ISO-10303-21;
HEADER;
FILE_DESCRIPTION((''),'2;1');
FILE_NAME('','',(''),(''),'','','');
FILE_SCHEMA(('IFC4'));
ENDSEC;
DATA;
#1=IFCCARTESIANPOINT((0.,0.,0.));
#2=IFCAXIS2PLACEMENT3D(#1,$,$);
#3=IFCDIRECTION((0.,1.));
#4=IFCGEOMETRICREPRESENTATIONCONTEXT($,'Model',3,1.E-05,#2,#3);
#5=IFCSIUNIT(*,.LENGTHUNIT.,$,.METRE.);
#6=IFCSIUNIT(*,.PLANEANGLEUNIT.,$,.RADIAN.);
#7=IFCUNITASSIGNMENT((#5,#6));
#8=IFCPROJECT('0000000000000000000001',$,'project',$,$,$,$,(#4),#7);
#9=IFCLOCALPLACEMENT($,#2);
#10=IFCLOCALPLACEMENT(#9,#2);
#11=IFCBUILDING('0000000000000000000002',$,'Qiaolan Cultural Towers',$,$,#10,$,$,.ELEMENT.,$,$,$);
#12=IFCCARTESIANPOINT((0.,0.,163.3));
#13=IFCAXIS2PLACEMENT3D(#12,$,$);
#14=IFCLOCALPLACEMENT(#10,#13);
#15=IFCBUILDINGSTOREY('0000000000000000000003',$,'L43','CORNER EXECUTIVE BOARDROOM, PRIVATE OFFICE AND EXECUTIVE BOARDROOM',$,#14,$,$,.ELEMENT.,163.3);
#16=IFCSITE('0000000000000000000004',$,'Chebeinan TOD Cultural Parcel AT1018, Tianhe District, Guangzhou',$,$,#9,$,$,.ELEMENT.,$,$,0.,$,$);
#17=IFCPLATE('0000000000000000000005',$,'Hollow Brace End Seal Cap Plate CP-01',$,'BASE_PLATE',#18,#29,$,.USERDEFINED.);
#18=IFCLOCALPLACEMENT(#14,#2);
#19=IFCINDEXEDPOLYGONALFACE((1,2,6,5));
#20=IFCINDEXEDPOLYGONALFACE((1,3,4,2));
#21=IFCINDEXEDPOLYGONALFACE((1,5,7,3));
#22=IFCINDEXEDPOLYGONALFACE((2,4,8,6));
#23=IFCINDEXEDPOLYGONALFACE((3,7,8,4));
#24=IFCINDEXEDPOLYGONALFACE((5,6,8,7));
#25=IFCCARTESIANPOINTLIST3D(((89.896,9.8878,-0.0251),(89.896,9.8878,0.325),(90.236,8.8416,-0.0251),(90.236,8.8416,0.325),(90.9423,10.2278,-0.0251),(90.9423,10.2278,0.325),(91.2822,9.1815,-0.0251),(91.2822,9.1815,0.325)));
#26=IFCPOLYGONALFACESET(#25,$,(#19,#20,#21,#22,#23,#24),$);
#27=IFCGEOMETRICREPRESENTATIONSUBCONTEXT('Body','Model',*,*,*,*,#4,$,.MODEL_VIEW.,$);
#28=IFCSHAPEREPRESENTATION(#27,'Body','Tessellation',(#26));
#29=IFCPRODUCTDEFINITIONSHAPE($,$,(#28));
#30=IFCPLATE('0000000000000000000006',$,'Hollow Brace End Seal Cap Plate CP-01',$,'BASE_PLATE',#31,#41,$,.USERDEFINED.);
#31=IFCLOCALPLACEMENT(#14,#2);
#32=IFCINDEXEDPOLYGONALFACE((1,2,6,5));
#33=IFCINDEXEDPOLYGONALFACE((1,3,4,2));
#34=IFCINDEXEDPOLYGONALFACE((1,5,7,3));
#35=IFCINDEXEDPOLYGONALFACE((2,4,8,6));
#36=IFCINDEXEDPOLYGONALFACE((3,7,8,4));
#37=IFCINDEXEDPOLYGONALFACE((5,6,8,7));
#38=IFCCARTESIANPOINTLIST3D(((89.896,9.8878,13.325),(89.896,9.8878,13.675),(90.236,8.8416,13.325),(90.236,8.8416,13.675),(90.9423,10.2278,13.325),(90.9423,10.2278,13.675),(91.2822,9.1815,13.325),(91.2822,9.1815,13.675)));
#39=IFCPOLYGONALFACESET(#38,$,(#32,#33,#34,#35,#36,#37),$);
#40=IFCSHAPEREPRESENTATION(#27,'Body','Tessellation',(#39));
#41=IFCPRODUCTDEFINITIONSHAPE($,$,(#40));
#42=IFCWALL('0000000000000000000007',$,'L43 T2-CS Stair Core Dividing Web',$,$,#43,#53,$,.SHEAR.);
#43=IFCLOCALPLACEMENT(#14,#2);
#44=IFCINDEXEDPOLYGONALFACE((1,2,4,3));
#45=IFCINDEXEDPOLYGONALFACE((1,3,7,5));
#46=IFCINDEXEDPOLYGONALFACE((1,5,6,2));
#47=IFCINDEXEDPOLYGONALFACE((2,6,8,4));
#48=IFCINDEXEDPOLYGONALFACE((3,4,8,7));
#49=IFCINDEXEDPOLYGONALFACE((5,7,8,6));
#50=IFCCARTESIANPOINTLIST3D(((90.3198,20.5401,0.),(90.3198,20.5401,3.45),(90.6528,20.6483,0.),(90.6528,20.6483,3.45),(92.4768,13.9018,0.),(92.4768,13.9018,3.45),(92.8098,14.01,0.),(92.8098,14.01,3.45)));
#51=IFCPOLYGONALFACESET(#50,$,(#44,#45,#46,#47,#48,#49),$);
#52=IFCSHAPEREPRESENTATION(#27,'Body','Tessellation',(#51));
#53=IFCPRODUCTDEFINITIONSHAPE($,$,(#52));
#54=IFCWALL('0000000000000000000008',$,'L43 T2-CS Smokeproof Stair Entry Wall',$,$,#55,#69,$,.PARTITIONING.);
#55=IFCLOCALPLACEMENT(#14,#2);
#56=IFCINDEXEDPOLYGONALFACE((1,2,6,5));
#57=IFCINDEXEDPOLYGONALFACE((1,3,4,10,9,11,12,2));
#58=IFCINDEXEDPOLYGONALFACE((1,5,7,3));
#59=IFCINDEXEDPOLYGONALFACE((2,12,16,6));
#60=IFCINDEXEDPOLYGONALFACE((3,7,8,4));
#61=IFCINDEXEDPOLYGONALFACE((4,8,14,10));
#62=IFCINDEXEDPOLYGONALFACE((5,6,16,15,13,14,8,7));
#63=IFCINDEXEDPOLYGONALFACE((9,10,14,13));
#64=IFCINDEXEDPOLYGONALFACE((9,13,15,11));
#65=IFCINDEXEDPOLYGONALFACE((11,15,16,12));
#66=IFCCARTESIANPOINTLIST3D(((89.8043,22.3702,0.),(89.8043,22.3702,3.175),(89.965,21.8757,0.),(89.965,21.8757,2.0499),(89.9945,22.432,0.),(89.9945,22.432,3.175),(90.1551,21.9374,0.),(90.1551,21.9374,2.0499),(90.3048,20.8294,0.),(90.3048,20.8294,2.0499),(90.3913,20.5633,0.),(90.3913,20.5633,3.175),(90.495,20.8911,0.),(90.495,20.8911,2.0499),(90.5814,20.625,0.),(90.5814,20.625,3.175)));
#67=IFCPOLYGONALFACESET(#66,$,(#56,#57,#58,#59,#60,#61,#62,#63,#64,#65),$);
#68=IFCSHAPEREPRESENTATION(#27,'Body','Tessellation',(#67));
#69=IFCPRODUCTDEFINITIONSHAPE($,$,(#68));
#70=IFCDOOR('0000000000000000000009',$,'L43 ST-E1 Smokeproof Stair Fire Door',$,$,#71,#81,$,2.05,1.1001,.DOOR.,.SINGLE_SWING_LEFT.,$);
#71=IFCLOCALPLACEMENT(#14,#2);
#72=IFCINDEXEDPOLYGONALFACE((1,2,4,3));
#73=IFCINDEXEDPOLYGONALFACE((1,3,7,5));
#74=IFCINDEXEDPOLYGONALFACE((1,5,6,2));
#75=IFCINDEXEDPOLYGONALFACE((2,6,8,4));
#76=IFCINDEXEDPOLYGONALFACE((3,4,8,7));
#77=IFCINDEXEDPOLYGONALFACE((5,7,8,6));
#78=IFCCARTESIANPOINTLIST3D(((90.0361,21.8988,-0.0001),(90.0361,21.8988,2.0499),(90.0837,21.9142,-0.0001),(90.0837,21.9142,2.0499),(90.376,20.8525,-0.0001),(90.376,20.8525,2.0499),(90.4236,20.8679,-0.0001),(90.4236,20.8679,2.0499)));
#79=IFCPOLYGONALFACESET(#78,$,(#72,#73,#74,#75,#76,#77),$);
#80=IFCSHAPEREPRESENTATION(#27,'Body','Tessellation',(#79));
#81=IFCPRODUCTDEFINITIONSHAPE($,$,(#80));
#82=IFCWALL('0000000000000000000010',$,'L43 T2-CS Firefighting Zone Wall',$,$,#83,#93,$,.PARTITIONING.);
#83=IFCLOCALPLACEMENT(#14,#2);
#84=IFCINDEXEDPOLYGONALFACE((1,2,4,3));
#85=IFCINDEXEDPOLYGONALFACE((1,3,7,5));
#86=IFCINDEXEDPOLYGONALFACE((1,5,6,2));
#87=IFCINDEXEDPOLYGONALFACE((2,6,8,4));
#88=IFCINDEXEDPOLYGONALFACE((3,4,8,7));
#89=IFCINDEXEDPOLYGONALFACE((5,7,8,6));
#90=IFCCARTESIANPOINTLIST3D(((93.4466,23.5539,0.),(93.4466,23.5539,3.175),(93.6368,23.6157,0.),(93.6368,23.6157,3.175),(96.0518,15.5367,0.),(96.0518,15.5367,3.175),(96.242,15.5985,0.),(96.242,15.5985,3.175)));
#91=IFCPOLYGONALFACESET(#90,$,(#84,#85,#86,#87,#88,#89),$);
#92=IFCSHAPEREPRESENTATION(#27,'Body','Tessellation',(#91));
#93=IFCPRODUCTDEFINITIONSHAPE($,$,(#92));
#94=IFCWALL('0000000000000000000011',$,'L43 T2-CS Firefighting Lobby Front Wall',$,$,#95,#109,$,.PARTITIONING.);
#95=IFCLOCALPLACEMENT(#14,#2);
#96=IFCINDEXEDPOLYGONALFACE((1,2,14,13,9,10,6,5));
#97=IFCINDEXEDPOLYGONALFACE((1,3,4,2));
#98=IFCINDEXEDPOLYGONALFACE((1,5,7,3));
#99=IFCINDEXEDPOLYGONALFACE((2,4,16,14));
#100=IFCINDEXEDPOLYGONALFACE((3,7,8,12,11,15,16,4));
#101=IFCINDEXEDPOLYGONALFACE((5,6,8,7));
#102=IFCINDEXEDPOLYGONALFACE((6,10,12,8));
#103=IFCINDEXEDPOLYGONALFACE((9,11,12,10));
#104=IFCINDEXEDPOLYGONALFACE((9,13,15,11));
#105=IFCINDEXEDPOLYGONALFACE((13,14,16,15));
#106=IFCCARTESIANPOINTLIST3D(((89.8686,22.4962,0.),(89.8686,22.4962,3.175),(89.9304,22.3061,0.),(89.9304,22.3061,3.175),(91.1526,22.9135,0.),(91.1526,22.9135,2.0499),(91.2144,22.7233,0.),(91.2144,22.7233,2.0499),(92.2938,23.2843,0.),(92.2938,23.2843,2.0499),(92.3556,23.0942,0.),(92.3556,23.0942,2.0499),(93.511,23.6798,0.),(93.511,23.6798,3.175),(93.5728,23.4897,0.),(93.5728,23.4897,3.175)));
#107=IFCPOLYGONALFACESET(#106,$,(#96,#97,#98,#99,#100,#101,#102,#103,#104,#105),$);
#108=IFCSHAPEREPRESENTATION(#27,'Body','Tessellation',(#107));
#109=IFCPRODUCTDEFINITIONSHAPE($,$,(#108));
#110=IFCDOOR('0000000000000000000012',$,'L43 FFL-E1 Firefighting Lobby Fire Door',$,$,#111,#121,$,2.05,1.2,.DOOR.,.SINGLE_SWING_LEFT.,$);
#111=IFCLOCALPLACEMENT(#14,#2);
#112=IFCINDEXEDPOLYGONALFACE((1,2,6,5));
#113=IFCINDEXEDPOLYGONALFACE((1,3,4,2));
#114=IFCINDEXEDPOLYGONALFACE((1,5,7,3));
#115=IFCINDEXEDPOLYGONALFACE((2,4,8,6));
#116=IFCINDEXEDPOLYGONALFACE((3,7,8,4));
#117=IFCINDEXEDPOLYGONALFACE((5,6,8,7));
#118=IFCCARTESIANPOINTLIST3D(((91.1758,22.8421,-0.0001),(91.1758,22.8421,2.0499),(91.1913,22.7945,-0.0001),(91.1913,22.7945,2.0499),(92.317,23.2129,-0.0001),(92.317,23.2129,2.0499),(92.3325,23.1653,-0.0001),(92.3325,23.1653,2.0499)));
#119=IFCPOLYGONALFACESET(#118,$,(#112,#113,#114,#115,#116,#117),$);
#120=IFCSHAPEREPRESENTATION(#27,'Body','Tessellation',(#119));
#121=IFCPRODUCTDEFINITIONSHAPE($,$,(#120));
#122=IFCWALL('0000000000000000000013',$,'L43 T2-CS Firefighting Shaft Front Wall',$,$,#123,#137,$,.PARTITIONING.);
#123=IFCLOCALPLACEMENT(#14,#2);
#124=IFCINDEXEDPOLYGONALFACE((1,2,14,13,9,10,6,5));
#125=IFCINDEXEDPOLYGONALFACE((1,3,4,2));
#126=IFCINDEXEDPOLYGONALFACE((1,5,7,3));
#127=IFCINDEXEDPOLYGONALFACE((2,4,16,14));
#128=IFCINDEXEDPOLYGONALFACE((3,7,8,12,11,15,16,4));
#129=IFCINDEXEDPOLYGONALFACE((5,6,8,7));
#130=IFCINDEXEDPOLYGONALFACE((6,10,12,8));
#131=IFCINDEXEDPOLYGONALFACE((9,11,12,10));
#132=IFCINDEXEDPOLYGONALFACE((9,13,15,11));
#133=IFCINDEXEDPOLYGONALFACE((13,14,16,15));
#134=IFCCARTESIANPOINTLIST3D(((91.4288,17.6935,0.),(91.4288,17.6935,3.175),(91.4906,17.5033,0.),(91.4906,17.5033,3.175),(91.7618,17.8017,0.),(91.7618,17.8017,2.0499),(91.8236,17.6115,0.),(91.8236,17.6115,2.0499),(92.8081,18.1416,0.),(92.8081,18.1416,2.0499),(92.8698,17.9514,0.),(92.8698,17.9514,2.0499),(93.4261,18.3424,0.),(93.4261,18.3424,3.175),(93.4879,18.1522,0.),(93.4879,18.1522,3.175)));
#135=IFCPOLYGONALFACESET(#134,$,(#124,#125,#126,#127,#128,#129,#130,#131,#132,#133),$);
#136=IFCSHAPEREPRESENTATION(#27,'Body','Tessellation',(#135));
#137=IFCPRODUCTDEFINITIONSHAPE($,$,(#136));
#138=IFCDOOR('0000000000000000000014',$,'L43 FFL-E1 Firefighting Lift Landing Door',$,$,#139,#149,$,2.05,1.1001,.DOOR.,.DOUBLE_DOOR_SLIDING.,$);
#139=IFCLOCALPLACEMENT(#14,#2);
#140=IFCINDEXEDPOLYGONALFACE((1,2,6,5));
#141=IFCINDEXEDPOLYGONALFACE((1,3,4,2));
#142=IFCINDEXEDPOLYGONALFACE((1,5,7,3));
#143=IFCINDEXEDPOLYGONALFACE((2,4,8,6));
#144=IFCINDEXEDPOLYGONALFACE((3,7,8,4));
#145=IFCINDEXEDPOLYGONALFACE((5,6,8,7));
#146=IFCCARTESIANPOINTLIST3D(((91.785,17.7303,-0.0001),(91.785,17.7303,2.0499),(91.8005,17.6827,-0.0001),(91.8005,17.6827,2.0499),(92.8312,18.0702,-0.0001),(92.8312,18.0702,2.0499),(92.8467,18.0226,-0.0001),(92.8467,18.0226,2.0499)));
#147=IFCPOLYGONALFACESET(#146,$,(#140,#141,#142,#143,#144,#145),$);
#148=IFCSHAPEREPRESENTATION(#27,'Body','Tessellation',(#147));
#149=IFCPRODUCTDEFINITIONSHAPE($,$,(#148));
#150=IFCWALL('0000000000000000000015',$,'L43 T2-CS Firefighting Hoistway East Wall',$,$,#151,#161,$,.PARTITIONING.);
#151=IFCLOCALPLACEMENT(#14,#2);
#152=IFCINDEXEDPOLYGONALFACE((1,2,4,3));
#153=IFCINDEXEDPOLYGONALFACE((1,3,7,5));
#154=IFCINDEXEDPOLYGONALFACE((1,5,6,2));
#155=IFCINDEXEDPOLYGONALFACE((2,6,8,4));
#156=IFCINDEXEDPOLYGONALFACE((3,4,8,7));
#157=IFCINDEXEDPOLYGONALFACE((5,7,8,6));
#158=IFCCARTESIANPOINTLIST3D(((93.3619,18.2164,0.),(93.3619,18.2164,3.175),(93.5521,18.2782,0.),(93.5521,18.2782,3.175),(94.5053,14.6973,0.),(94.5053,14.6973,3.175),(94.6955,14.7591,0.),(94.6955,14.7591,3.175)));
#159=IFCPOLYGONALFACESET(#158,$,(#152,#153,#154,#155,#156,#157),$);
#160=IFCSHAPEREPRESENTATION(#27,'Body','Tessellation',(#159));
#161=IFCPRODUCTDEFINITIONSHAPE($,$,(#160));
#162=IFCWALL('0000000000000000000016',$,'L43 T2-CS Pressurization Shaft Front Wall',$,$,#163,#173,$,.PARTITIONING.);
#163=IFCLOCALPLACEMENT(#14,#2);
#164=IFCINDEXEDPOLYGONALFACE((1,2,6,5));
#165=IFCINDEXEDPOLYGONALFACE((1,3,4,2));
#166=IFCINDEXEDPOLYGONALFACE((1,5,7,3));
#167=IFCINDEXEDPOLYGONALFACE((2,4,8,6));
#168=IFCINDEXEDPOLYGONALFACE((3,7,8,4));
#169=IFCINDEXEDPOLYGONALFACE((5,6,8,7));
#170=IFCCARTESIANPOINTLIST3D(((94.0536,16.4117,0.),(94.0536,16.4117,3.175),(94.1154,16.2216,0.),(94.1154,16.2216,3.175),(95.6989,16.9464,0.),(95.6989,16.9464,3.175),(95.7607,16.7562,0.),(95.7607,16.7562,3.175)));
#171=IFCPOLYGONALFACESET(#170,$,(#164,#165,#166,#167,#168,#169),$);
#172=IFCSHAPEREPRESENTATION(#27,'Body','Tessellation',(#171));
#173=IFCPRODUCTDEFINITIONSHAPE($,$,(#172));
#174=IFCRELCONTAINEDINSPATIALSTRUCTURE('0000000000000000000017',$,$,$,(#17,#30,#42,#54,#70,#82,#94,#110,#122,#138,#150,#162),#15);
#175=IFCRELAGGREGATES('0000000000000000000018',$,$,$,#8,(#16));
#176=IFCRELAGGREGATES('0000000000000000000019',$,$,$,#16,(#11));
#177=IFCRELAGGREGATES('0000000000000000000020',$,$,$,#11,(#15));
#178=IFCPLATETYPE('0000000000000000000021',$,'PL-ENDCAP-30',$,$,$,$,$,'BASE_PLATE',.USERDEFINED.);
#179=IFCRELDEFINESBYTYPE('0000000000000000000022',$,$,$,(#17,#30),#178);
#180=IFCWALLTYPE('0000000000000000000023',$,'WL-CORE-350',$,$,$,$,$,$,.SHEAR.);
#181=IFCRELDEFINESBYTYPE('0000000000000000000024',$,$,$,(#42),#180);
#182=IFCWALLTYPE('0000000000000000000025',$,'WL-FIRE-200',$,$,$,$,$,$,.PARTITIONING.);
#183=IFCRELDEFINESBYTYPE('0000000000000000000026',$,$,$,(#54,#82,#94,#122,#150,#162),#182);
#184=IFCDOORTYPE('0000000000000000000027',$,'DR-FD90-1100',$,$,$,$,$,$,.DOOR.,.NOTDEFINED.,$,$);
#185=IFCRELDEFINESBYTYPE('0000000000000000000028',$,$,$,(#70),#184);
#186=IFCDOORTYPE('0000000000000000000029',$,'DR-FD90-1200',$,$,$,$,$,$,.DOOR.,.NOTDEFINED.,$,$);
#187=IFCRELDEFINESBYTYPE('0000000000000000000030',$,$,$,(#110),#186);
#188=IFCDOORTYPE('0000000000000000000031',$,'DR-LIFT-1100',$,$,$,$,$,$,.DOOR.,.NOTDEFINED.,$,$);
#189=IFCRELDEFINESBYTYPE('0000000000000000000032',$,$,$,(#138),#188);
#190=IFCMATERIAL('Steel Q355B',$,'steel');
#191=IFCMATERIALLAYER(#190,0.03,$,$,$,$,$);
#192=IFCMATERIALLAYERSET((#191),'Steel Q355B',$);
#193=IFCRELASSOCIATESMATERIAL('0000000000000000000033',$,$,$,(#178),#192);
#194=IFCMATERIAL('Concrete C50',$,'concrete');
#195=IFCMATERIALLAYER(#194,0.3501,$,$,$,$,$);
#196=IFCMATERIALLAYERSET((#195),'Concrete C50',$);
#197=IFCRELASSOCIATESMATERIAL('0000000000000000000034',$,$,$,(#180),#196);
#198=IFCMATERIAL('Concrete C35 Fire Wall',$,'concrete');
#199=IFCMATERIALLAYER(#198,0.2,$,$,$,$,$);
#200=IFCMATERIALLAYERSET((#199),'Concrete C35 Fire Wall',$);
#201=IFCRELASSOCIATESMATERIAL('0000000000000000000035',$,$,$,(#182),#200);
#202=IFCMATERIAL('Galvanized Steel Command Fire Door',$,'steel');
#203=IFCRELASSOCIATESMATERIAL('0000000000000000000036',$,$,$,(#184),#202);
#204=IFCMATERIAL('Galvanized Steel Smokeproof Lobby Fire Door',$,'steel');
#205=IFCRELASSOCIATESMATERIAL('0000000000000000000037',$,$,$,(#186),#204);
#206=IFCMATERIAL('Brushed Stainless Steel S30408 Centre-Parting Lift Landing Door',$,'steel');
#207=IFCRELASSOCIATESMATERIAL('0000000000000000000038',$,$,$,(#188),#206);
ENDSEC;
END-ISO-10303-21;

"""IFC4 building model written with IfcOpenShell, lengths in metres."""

from ifc_helpers import new_model, si_unit, direction, frame, frame_2d, origin, origin_2d, place, context, subcontext, project, spatial, rectangle, extrude, material, layer, layer_set, type_object, element, fill, save


model = new_model("IFC4")

# Units and contexts
model_context = context("Model", 3, precision=1e-05, world=origin(), true_north=direction((0.0, 1.0)))
body_context = subcontext(model_context, "Body", "Model", "MODEL_VIEW")
ifc_project = project(units=[si_unit("LENGTHUNIT", "METRE"), si_unit("PLANEANGLEUNIT", "RADIAN")], contexts=[model_context])

# Site, building, storey
site_placement = place(None, origin())
site = spatial("IfcSite", under=ifc_project, at=site_placement, Name="Chebeinan TOD Cultural Parcel AT1018, Tianhe District, Guangzhou", CompositionType="ELEMENT", RefElevation=0.0)
building_placement = place(site_placement, origin())
building = spatial("IfcBuilding", under=site, at=building_placement, Name="Qiaolan Cultural Towers", CompositionType="ELEMENT")
storey_placement = place(building_placement, frame((0.0, 0.0, 163.3)))
storey = spatial("IfcBuildingStorey", under=building, at=storey_placement, Name="L43", Description="CORNER EXECUTIVE BOARDROOM, PRIVATE OFFICE AND EXECUTIVE BOARDROOM", CompositionType="ELEMENT", Elevation=163.3)

# Plates
ifc_material_1 = material(Name="Steel Q355B", Category="steel")
ifc_layer_1 = layer(ifc_material_1, 0.03)
ifc_layer_set_1 = layer_set([ifc_layer_1], Name="Steel Q355B")
plate_type_1 = type_object("IfcPlateType", Name="PL-ENDCAP-30", ElementType="BASE_PLATE", PredefinedType="USERDEFINED", material=ifc_layer_set_1)
for number, where, z_axis, x_axis, name in (
    (1, (90.5891, 9.5347, -0.0251), (0.0, 0.0, 1.0), (0.951057, 0.309017, 0.0), "Hollow Brace End Seal Cap Plate CP-01"),
    (2, (90.5891, 9.5347, 13.325), (0.0, 0.0, 1.0), (0.951057, 0.309017, 0.0), "Hollow Brace End Seal Cap Plate CP-01"),
):
    element("IfcPlate", number, at=place(storey_placement, frame(where, z_axis=z_axis, x_axis=x_axis)), inside=storey, type_object=plate_type_1, Name=name, ObjectType="BASE_PLATE", PredefinedType="USERDEFINED", context=body_context, shape_type="SweptSolid", body=[
        extrude(rectangle(XDim=1.1001, YDim=1.1001, at=origin_2d()), origin(), (0.0, 0.0, 1.0), 0.3501),
    ])

# Wall
ifc_material_2 = material(Name="Concrete C50", Category="concrete")
ifc_layer_2 = layer(ifc_material_2, 0.3501)
ifc_layer_set_2 = layer_set([ifc_layer_2], Name="Concrete C50")
wall_type_1 = type_object("IfcWallType", Name="WL-CORE-350", PredefinedType="SHEAR", material=ifc_layer_set_2)
wall_1_placement = place(storey_placement, frame((90.4863, 20.5942, 0.0), z_axis=(0.0, 0.0, 1.0), x_axis=(0.30902, -0.951055, 0.0)))
element("IfcWall", 3, at=wall_1_placement, inside=storey, type_object=wall_type_1, Name="L43 T2-CS Stair Core Dividing Web", PredefinedType="SHEAR", context=body_context, shape_type="SweptSolid", body=[
    extrude(rectangle(XDim=6.98, YDim=0.3501, at=frame_2d((3.49, 0.0))), origin(), (0.0, 0.0, 1.0), 3.45),
])

# Wall, opening, door
ifc_material_3 = material(Name="Concrete C35 Fire Wall", Category="concrete")
ifc_layer_3 = layer(ifc_material_3, 0.2)
ifc_layer_set_3 = layer_set([ifc_layer_3], Name="Concrete C35 Fire Wall")
wall_type_2 = type_object("IfcWallType", Name="WL-FIRE-200", PredefinedType="PARTITIONING", material=ifc_layer_set_3)
wall_2_placement = place(storey_placement, frame((89.8994, 22.4011, 0.0), z_axis=(0.0, 0.0, 1.0), x_axis=(0.308932, -0.951084, 0.0)))
wall_2 = element("IfcWall", 4, at=wall_2_placement, inside=storey, type_object=wall_type_2, Name="L43 T2-CS Smokeproof Stair Entry Wall", PredefinedType="PARTITIONING", context=body_context, shape_type="SweptSolid", body=[
    extrude(rectangle(XDim=1.8999, YDim=0.2, at=frame_2d((0.95, 0.0))), origin(), (0.0, 0.0, 1.0), 3.175),
])
opening_1_placement = place(wall_2_placement, frame((0.52, 0.0, 0.0)))
opening_1 = element("IfcOpeningElement", 5, at=opening_1_placement, cuts=wall_2, PredefinedType="OPENING", context=body_context, shape_type="SweptSolid", body=[
    extrude(rectangle(XDim=1.1001, YDim=2.05, at=frame_2d((0.55, 1.0249))), frame((0.0, 0.1099, 0.0), z_axis=(0.0, -1.0, 0.0), x_axis=(1.0, 0.0, 0.0)), (0.0, 0.0, 1.0), 0.22),
])
ifc_material_4 = material(Name="Galvanized Steel Command Fire Door", Category="steel")
door_type_1 = type_object("IfcDoorType", Name="DR-FD90-1100", OperationType="NOTDEFINED", PredefinedType="DOOR", material=ifc_material_4)
door_1_placement = place(opening_1_placement, origin())
door_1 = element("IfcDoor", 6, at=door_1_placement, inside=storey, type_object=door_type_1, Name="L43 ST-E1 Smokeproof Stair Fire Door", OperationType="SINGLE_SWING_LEFT", OverallHeight=2.05, OverallWidth=1.1001, PredefinedType="DOOR", context=body_context, shape_type="SweptSolid", body=[
    extrude(rectangle(XDim=1.1001, YDim=2.05, at=frame_2d((0.55, 1.0249))), frame((0.0, 0.0249, 0.0), z_axis=(0.0, -1.0, 0.0), x_axis=(1.0, 0.0, 0.0)), (0.0, 0.0, 1.0), 0.05),
])
fill(opening_1, door_1)

# Wall
wall_3_placement = place(storey_placement, frame((93.5417, 23.5847, 0.0), z_axis=(0.0, 0.0, 1.0), x_axis=(0.309042, -0.951048, 0.0)))
element("IfcWall", 7, at=wall_3_placement, inside=storey, type_object=wall_type_2, Name="L43 T2-CS Firefighting Zone Wall", PredefinedType="PARTITIONING", context=body_context, shape_type="SweptSolid", body=[
    extrude(rectangle(XDim=8.4299, YDim=0.2, at=frame_2d((4.2148, 0.0))), origin(), (0.0, 0.0, 1.0), 3.175),
])

# Walls, openings, doors
wall_4_placement = place(storey_placement, frame((89.8994, 22.4011, 0.0), z_axis=(0.0, 0.0, 1.0), x_axis=(0.951047, 0.309047, 0.0)))
wall_4 = element("IfcWall", 8, at=wall_4_placement, inside=storey, type_object=wall_type_2, Name="L43 T2-CS Firefighting Lobby Front Wall", PredefinedType="PARTITIONING", context=body_context, shape_type="SweptSolid", body=[
    extrude(rectangle(XDim=3.8298, YDim=0.2, at=frame_2d((1.915, 0.0))), origin(), (0.0, 0.0, 1.0), 3.175),
])
opening_2_placement = place(wall_4_placement, frame((1.3501, 0.0, 0.0)))
opening_2 = element("IfcOpeningElement", 9, at=opening_2_placement, cuts=wall_4, PredefinedType="OPENING", context=body_context, shape_type="SweptSolid", body=[
    extrude(rectangle(XDim=1.2, YDim=2.05, at=frame_2d((0.6001, 1.0249))), frame((0.0, 0.1099, 0.0), z_axis=(0.0, -1.0, 0.0), x_axis=(1.0, 0.0, 0.0)), (0.0, 0.0, 1.0), 0.22),
])
ifc_material_5 = material(Name="Galvanized Steel Smokeproof Lobby Fire Door", Category="steel")
door_type_2 = type_object("IfcDoorType", Name="DR-FD90-1200", OperationType="NOTDEFINED", PredefinedType="DOOR", material=ifc_material_5)
door_2_placement = place(opening_2_placement, origin())
door_2 = element("IfcDoor", 10, at=door_2_placement, inside=storey, type_object=door_type_2, Name="L43 FFL-E1 Firefighting Lobby Fire Door", OperationType="SINGLE_SWING_LEFT", OverallHeight=2.05, OverallWidth=1.2, PredefinedType="DOOR", context=body_context, shape_type="SweptSolid", body=[
    extrude(rectangle(XDim=1.2, YDim=2.05, at=frame_2d((0.6001, 1.0249))), frame((0.0, 0.0249, 0.0), z_axis=(0.0, -1.0, 0.0), x_axis=(1.0, 0.0, 0.0)), (0.0, 0.0, 1.0), 0.05),
])
fill(opening_2, door_2)
wall_5_placement = place(storey_placement, frame((91.4597, 17.5984, 0.0), z_axis=(0.0, 0.0, 1.0), x_axis=(0.951062, 0.308999, 0.0)))
wall_5 = element("IfcWall", 11, at=wall_5_placement, inside=storey, type_object=wall_type_2, Name="L43 T2-CS Firefighting Shaft Front Wall", PredefinedType="PARTITIONING", context=body_context, shape_type="SweptSolid", body=[
    extrude(rectangle(XDim=2.1001, YDim=0.2, at=frame_2d((1.05, 0.0))), origin(), (0.0, 0.0, 1.0), 3.175),
])
opening_3_placement = place(wall_5_placement, frame((0.3501, 0.0, 0.0)))
opening_3 = element("IfcOpeningElement", 12, at=opening_3_placement, cuts=wall_5, PredefinedType="OPENING", context=body_context, shape_type="SweptSolid", body=[
    extrude(rectangle(XDim=1.1001, YDim=2.05, at=frame_2d((0.55, 1.0249))), frame((0.0, 0.1099, 0.0), z_axis=(0.0, -1.0, 0.0), x_axis=(1.0, 0.0, 0.0)), (0.0, 0.0, 1.0), 0.22),
])
ifc_material_6 = material(Name="Brushed Stainless Steel S30408 Centre-Parting Lift Landing Door", Category="steel")
door_type_3 = type_object("IfcDoorType", Name="DR-LIFT-1100", OperationType="NOTDEFINED", PredefinedType="DOOR", material=ifc_material_6)
door_3_placement = place(opening_3_placement, origin())
door_3 = element("IfcDoor", 13, at=door_3_placement, inside=storey, type_object=door_type_3, Name="L43 FFL-E1 Firefighting Lift Landing Door", OperationType="DOUBLE_DOOR_SLIDING", OverallHeight=2.05, OverallWidth=1.1001, PredefinedType="DOOR", context=body_context, shape_type="SweptSolid", body=[
    extrude(rectangle(XDim=1.1001, YDim=2.05, at=frame_2d((0.55, 1.0249))), frame((0.0, 0.0249, 0.0), z_axis=(0.0, -1.0, 0.0), x_axis=(1.0, 0.0, 0.0)), (0.0, 0.0, 1.0), 0.05),
])
fill(opening_3, door_3)

# Walls
wall_6_placement = place(storey_placement, frame((93.457, 18.2473, 0.0), z_axis=(0.0, 0.0, 1.0), x_axis=(0.308994, -0.951064, 0.0)))
element("IfcWall", 14, at=wall_6_placement, inside=storey, type_object=wall_type_2, Name="L43 T2-CS Firefighting Hoistway East Wall", PredefinedType="PARTITIONING", context=body_context, shape_type="SweptSolid", body=[
    extrude(rectangle(XDim=3.7002, YDim=0.2, at=frame_2d((1.8501, 0.0))), origin(), (0.0, 0.0, 1.0), 3.175),
])
wall_7_placement = place(storey_placement, frame((94.0845, 16.3167, 0.0), z_axis=(0.0, 0.0, 1.0), x_axis=(0.951041, 0.309064, 0.0)))
element("IfcWall", 15, at=wall_7_placement, inside=storey, type_object=wall_type_2, Name="L43 T2-CS Pressurization Shaft Front Wall", PredefinedType="PARTITIONING", context=body_context, shape_type="SweptSolid", body=[
    extrude(rectangle(XDim=1.73, YDim=0.2, at=frame_2d((0.865, 0.0))), origin(), (0.0, 0.0, 1.0), 3.175),
])

save(model, "model.ifc")
